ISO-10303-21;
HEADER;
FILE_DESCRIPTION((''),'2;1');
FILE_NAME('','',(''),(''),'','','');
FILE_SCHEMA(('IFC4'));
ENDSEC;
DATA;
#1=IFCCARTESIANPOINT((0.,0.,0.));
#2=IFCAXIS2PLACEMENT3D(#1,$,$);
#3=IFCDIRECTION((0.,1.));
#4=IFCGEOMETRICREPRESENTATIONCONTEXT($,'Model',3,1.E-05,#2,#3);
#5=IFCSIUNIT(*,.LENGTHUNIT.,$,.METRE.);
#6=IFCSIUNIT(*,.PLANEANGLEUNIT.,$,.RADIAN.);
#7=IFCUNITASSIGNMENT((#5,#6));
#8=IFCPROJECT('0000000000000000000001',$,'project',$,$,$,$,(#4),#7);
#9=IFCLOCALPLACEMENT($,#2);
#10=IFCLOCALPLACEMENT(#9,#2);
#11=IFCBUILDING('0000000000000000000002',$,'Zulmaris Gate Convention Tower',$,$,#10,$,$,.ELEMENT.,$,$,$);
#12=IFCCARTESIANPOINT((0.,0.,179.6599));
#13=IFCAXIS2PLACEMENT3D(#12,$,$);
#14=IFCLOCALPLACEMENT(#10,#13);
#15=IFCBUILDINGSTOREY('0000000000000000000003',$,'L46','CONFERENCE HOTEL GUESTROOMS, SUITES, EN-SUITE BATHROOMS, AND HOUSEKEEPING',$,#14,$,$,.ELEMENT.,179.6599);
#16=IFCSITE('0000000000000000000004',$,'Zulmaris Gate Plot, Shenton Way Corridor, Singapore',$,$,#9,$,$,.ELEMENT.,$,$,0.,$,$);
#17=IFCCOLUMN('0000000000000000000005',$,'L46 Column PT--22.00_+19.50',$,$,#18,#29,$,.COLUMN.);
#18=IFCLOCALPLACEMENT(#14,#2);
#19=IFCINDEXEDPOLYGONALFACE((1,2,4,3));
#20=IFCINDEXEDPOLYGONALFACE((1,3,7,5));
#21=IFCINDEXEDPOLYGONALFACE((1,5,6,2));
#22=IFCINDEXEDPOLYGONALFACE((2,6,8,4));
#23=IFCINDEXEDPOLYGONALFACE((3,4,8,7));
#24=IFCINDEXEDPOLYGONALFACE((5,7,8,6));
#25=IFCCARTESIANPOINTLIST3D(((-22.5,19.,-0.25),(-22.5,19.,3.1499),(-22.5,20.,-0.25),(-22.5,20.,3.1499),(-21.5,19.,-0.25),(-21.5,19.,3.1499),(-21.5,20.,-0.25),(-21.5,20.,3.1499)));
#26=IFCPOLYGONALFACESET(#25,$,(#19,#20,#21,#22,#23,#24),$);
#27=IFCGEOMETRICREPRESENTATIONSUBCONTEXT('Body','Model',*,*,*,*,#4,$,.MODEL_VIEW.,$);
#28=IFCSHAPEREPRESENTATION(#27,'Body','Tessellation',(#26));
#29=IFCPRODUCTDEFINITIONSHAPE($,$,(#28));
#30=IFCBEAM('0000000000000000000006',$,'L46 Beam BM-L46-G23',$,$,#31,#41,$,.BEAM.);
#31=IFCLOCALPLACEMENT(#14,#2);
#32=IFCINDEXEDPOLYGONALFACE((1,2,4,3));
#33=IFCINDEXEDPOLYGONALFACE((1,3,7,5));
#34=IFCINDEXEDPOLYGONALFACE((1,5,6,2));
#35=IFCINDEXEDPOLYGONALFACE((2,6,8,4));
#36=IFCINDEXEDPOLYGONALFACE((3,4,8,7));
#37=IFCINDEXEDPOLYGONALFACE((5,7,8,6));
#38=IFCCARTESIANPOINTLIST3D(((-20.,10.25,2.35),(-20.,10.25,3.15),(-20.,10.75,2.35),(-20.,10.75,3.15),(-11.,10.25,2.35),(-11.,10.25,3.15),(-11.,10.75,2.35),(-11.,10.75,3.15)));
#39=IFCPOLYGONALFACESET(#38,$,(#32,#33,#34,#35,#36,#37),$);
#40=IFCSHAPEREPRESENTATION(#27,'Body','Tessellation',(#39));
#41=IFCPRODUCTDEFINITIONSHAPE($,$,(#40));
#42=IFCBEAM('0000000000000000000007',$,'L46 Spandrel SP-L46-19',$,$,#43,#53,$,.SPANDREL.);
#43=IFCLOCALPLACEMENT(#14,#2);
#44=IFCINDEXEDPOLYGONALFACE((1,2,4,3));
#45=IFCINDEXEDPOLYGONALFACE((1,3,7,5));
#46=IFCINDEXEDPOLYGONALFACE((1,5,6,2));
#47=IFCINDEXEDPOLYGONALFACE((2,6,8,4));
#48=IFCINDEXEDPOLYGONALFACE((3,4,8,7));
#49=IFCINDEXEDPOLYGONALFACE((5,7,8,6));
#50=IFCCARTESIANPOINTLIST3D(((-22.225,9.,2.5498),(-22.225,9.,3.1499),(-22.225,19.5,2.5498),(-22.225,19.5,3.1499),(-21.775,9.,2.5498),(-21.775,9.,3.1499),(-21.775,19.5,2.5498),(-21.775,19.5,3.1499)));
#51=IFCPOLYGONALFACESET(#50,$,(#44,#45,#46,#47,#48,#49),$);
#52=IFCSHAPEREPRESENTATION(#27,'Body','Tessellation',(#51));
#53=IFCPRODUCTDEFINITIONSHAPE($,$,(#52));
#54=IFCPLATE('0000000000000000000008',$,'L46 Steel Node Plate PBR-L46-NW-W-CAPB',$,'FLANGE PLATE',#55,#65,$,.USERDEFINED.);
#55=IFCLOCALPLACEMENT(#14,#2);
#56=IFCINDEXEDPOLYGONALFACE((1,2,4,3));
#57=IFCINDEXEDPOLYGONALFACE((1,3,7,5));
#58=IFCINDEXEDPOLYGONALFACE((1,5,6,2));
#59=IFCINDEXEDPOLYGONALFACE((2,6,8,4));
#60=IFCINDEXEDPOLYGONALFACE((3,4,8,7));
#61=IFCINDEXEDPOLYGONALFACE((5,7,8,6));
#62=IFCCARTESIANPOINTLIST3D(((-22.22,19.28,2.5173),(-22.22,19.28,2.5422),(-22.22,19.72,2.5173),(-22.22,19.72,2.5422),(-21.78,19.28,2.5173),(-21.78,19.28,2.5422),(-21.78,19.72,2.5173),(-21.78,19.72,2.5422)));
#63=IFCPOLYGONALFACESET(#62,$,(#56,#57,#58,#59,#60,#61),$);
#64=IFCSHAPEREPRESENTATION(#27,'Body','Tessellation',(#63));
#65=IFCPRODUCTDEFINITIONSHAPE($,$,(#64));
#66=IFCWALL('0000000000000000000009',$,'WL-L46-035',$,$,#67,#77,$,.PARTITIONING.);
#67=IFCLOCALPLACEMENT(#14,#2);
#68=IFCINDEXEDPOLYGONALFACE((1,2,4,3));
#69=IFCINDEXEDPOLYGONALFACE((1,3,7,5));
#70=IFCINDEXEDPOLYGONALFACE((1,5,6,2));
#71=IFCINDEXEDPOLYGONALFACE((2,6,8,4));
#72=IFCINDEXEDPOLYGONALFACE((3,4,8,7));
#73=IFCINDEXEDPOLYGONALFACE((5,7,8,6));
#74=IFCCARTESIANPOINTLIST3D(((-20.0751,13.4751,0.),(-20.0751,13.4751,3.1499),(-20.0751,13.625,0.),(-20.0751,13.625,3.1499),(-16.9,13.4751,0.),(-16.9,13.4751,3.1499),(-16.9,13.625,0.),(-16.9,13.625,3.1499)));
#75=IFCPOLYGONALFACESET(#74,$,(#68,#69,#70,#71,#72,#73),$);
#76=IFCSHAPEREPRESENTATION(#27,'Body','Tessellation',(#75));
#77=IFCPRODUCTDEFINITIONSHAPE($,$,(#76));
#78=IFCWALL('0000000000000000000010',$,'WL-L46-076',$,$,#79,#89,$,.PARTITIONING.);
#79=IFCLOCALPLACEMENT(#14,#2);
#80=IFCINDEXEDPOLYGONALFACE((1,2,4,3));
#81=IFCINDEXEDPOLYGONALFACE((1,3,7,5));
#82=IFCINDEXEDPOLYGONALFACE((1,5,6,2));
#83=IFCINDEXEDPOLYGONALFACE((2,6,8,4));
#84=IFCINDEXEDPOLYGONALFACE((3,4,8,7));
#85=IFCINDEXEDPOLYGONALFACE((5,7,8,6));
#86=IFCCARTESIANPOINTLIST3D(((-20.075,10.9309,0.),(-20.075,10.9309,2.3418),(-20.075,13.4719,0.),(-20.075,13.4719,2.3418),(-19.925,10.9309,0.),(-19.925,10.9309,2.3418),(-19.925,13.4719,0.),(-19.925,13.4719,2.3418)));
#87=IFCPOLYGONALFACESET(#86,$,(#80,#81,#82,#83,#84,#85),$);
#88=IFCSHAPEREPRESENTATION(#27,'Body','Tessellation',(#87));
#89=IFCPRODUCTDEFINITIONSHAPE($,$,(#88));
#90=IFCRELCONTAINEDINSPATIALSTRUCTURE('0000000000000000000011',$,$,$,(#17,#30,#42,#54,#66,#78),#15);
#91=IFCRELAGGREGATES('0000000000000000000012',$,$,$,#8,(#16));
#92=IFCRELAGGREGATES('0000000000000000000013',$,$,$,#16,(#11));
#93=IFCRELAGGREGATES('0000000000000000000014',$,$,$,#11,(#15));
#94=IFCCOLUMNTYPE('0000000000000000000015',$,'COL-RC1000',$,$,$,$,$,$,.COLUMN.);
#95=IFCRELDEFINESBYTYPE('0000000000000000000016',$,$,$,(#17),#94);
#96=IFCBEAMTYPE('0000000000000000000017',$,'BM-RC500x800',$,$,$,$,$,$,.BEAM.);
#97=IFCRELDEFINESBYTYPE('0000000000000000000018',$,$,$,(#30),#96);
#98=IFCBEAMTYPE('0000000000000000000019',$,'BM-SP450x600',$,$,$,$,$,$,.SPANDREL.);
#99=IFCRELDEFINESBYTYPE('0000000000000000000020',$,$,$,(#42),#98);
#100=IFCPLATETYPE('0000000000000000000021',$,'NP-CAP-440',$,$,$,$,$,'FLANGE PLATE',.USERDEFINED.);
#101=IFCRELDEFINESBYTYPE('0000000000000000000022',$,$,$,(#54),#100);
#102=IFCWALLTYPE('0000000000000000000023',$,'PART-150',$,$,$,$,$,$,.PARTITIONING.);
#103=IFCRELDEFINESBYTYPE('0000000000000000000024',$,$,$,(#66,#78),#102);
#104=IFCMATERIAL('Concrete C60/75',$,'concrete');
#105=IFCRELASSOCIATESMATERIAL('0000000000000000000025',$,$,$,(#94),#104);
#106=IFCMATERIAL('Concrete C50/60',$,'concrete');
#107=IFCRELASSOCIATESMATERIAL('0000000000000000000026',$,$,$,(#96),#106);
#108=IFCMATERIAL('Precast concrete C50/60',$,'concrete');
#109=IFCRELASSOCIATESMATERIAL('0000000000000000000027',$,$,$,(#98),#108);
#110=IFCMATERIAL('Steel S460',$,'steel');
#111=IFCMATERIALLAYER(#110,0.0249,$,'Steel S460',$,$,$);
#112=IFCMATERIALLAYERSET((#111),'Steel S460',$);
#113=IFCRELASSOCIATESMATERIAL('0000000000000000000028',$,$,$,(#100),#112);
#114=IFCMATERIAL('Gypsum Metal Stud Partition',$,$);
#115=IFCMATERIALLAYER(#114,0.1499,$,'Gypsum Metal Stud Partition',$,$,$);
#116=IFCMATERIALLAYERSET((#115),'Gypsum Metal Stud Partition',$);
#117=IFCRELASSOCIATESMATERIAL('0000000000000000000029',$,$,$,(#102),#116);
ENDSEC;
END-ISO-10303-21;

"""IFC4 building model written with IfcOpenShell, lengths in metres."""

from ifc_helpers import new_model, si_unit, direction, frame, frame_2d, origin, origin_2d, place, context, subcontext, project, spatial, rectangle, extrude, material, layer, layer_set, material_profile, profile_set, type_object, element, save


model = new_model("IFC4")

# Units and contexts
model_context = context("Model", 3, precision=1e-05, world=origin(), true_north=direction((0.0, 1.0)))
body_context = subcontext(model_context, "Body", "Model", "MODEL_VIEW")
ifc_project = project(units=[si_unit("LENGTHUNIT", "METRE"), si_unit("PLANEANGLEUNIT", "RADIAN")], contexts=[model_context])

# Site, building, storey
site_placement = place(None, origin())
site = spatial("IfcSite", under=ifc_project, at=site_placement, Name="Zulmaris Gate Plot, Shenton Way Corridor, Singapore", CompositionType="ELEMENT", RefElevation=0.0)
building_placement = place(site_placement, origin())
building = spatial("IfcBuilding", under=site, at=building_placement, Name="Zulmaris Gate Convention Tower", CompositionType="ELEMENT")
storey_placement = place(building_placement, frame((0.0, 0.0, 179.6599)))
storey = spatial("IfcBuildingStorey", under=building, at=storey_placement, Name="L46", Description="CONFERENCE HOTEL GUESTROOMS, SUITES, EN-SUITE BATHROOMS, AND HOUSEKEEPING", CompositionType="ELEMENT", Elevation=179.6599)

# Column
ifc_material_1 = material(Name="Concrete C60/75", Category="concrete")
ifc_material_profile_1 = material_profile(ifc_material_1, rectangle(XDim=1.0, YDim=1.0, at=origin_2d()), Name="RC COL 1000x1000")
ifc_profile_set_1 = profile_set([ifc_material_profile_1], Name="Concrete C60/75")
column_type = type_object("IfcColumnType", Name="COL-RC1000", PredefinedType="COLUMN", material=ifc_profile_set_1)
column_placement = place(storey_placement, frame((-22.0, 19.5, -0.25), z_axis=(0.0, 0.0, 1.0), x_axis=(1.0, 0.0, 0.0)))
element("IfcColumn", 1, at=column_placement, inside=storey, type_object=column_type, Name="L46 Column PT--22.00_+19.50", PredefinedType="COLUMN", context=body_context, shape_type="SweptSolid", body=[
    extrude(rectangle(XDim=1.0, YDim=1.0, at=origin_2d()), origin(), (0.0, 0.0, 1.0), 3.3999),
])

# Beams
ifc_material_2 = material(Name="Concrete C50/60", Category="concrete")
ifc_material_profile_2 = material_profile(ifc_material_2, rectangle(XDim=0.5, YDim=0.8, at=origin_2d()), Name="RC BEAM 500x800")
ifc_profile_set_2 = profile_set([ifc_material_profile_2], Name="Concrete C50/60")
beam_type_1 = type_object("IfcBeamType", Name="BM-RC500x800", PredefinedType="BEAM", material=ifc_profile_set_2)
beam_1_placement = place(storey_placement, frame((-20.0, 10.5, 2.75), z_axis=(1.0, 0.0, 0.0), x_axis=(0.0, 1.0, 0.0)))
element("IfcBeam", 2, at=beam_1_placement, inside=storey, type_object=beam_type_1, Name="L46 Beam BM-L46-G23", PredefinedType="BEAM", context=body_context, shape_type="SweptSolid", body=[
    extrude(rectangle(XDim=0.5, YDim=0.8, at=origin_2d()), origin(), (0.0, 0.0, 1.0), 9.0),
])
ifc_material_3 = material(Name="Precast concrete C50/60", Category="concrete")
ifc_material_profile_3 = material_profile(ifc_material_3, rectangle(XDim=0.45, YDim=0.6001, at=origin_2d()), Name="RC SPANDREL 450x600")
ifc_profile_set_3 = profile_set([ifc_material_profile_3], Name="Precast concrete C50/60")
beam_type_2 = type_object("IfcBeamType", Name="BM-SP450x600", PredefinedType="SPANDREL", material=ifc_profile_set_3)
beam_2_placement = place(storey_placement, frame((-22.0, 19.5, 2.8499), z_axis=(0.0, -1.0, 0.0), x_axis=(1.0, 0.0, 0.0)))
element("IfcBeam", 3, at=beam_2_placement, inside=storey, type_object=beam_type_2, Name="L46 Spandrel SP-L46-19", PredefinedType="SPANDREL", context=body_context, shape_type="SweptSolid", body=[
    extrude(rectangle(XDim=0.45, YDim=0.6001, at=origin_2d()), origin(), (0.0, 0.0, 1.0), 10.5),
])

# Plate
ifc_material_4 = material(Name="Steel S460", Category="steel")
ifc_layer_1 = layer(ifc_material_4, 0.0249, Name="Steel S460")
ifc_layer_set_1 = layer_set([ifc_layer_1], Name="Steel S460")
plate_type = type_object("IfcPlateType", Name="NP-CAP-440", ElementType="FLANGE PLATE", PredefinedType="USERDEFINED", material=ifc_layer_set_1)
plate_placement = place(storey_placement, frame((-22.0, 19.5, 2.5173), z_axis=(0.0, 0.0, 1.0), x_axis=(1.0, 0.0, 0.0)))
element("IfcPlate", 4, at=plate_placement, inside=storey, type_object=plate_type, Name="L46 Steel Node Plate PBR-L46-NW-W-CAPB", ObjectType="FLANGE PLATE", PredefinedType="USERDEFINED", context=body_context, shape_type="SweptSolid", body=[
    extrude(rectangle(XDim=0.4399, YDim=0.4399, at=origin_2d()), origin(), (0.0, 0.0, 1.0), 0.0249),
])

# Walls
ifc_material_5 = material(Name="Gypsum Metal Stud Partition")
ifc_layer_2 = layer(ifc_material_5, 0.1499, Name="Gypsum Metal Stud Partition")
ifc_layer_set_2 = layer_set([ifc_layer_2], Name="Gypsum Metal Stud Partition")
wall_type_1 = type_object("IfcWallType", Name="PART-150", PredefinedType="PARTITIONING", material=ifc_layer_set_2)
wall_1_placement = place(storey_placement, frame((-20.075, 13.55, 0.0), z_axis=(0.0, 0.0, 1.0), x_axis=(1.0, 0.0, 0.0)))
element("IfcWall", 5, at=wall_1_placement, inside=storey, type_object=wall_type_1, Name="WL-L46-035", PredefinedType="PARTITIONING", context=body_context, shape_type="SweptSolid", body=[
    extrude(rectangle(XDim=3.175, YDim=0.1499, at=frame_2d((1.5874, 0.0))), origin(), (0.0, 0.0, 1.0), 3.1499),
])
wall_2_placement = place(storey_placement, frame((-20.0, 10.9309, 0.0), z_axis=(0.0, 0.0, 1.0), x_axis=(0.0, 1.0, 0.0)))
element("IfcWall", 6, at=wall_2_placement, inside=storey, type_object=wall_type_1, Name="WL-L46-076", PredefinedType="PARTITIONING", context=body_context, shape_type="SweptSolid", body=[
    extrude(rectangle(XDim=2.541, YDim=0.1499, at=frame_2d((1.2705, 0.0))), origin(), (0.0, 0.0, 1.0), 2.3418),
])

save(model, "model.ifc")
